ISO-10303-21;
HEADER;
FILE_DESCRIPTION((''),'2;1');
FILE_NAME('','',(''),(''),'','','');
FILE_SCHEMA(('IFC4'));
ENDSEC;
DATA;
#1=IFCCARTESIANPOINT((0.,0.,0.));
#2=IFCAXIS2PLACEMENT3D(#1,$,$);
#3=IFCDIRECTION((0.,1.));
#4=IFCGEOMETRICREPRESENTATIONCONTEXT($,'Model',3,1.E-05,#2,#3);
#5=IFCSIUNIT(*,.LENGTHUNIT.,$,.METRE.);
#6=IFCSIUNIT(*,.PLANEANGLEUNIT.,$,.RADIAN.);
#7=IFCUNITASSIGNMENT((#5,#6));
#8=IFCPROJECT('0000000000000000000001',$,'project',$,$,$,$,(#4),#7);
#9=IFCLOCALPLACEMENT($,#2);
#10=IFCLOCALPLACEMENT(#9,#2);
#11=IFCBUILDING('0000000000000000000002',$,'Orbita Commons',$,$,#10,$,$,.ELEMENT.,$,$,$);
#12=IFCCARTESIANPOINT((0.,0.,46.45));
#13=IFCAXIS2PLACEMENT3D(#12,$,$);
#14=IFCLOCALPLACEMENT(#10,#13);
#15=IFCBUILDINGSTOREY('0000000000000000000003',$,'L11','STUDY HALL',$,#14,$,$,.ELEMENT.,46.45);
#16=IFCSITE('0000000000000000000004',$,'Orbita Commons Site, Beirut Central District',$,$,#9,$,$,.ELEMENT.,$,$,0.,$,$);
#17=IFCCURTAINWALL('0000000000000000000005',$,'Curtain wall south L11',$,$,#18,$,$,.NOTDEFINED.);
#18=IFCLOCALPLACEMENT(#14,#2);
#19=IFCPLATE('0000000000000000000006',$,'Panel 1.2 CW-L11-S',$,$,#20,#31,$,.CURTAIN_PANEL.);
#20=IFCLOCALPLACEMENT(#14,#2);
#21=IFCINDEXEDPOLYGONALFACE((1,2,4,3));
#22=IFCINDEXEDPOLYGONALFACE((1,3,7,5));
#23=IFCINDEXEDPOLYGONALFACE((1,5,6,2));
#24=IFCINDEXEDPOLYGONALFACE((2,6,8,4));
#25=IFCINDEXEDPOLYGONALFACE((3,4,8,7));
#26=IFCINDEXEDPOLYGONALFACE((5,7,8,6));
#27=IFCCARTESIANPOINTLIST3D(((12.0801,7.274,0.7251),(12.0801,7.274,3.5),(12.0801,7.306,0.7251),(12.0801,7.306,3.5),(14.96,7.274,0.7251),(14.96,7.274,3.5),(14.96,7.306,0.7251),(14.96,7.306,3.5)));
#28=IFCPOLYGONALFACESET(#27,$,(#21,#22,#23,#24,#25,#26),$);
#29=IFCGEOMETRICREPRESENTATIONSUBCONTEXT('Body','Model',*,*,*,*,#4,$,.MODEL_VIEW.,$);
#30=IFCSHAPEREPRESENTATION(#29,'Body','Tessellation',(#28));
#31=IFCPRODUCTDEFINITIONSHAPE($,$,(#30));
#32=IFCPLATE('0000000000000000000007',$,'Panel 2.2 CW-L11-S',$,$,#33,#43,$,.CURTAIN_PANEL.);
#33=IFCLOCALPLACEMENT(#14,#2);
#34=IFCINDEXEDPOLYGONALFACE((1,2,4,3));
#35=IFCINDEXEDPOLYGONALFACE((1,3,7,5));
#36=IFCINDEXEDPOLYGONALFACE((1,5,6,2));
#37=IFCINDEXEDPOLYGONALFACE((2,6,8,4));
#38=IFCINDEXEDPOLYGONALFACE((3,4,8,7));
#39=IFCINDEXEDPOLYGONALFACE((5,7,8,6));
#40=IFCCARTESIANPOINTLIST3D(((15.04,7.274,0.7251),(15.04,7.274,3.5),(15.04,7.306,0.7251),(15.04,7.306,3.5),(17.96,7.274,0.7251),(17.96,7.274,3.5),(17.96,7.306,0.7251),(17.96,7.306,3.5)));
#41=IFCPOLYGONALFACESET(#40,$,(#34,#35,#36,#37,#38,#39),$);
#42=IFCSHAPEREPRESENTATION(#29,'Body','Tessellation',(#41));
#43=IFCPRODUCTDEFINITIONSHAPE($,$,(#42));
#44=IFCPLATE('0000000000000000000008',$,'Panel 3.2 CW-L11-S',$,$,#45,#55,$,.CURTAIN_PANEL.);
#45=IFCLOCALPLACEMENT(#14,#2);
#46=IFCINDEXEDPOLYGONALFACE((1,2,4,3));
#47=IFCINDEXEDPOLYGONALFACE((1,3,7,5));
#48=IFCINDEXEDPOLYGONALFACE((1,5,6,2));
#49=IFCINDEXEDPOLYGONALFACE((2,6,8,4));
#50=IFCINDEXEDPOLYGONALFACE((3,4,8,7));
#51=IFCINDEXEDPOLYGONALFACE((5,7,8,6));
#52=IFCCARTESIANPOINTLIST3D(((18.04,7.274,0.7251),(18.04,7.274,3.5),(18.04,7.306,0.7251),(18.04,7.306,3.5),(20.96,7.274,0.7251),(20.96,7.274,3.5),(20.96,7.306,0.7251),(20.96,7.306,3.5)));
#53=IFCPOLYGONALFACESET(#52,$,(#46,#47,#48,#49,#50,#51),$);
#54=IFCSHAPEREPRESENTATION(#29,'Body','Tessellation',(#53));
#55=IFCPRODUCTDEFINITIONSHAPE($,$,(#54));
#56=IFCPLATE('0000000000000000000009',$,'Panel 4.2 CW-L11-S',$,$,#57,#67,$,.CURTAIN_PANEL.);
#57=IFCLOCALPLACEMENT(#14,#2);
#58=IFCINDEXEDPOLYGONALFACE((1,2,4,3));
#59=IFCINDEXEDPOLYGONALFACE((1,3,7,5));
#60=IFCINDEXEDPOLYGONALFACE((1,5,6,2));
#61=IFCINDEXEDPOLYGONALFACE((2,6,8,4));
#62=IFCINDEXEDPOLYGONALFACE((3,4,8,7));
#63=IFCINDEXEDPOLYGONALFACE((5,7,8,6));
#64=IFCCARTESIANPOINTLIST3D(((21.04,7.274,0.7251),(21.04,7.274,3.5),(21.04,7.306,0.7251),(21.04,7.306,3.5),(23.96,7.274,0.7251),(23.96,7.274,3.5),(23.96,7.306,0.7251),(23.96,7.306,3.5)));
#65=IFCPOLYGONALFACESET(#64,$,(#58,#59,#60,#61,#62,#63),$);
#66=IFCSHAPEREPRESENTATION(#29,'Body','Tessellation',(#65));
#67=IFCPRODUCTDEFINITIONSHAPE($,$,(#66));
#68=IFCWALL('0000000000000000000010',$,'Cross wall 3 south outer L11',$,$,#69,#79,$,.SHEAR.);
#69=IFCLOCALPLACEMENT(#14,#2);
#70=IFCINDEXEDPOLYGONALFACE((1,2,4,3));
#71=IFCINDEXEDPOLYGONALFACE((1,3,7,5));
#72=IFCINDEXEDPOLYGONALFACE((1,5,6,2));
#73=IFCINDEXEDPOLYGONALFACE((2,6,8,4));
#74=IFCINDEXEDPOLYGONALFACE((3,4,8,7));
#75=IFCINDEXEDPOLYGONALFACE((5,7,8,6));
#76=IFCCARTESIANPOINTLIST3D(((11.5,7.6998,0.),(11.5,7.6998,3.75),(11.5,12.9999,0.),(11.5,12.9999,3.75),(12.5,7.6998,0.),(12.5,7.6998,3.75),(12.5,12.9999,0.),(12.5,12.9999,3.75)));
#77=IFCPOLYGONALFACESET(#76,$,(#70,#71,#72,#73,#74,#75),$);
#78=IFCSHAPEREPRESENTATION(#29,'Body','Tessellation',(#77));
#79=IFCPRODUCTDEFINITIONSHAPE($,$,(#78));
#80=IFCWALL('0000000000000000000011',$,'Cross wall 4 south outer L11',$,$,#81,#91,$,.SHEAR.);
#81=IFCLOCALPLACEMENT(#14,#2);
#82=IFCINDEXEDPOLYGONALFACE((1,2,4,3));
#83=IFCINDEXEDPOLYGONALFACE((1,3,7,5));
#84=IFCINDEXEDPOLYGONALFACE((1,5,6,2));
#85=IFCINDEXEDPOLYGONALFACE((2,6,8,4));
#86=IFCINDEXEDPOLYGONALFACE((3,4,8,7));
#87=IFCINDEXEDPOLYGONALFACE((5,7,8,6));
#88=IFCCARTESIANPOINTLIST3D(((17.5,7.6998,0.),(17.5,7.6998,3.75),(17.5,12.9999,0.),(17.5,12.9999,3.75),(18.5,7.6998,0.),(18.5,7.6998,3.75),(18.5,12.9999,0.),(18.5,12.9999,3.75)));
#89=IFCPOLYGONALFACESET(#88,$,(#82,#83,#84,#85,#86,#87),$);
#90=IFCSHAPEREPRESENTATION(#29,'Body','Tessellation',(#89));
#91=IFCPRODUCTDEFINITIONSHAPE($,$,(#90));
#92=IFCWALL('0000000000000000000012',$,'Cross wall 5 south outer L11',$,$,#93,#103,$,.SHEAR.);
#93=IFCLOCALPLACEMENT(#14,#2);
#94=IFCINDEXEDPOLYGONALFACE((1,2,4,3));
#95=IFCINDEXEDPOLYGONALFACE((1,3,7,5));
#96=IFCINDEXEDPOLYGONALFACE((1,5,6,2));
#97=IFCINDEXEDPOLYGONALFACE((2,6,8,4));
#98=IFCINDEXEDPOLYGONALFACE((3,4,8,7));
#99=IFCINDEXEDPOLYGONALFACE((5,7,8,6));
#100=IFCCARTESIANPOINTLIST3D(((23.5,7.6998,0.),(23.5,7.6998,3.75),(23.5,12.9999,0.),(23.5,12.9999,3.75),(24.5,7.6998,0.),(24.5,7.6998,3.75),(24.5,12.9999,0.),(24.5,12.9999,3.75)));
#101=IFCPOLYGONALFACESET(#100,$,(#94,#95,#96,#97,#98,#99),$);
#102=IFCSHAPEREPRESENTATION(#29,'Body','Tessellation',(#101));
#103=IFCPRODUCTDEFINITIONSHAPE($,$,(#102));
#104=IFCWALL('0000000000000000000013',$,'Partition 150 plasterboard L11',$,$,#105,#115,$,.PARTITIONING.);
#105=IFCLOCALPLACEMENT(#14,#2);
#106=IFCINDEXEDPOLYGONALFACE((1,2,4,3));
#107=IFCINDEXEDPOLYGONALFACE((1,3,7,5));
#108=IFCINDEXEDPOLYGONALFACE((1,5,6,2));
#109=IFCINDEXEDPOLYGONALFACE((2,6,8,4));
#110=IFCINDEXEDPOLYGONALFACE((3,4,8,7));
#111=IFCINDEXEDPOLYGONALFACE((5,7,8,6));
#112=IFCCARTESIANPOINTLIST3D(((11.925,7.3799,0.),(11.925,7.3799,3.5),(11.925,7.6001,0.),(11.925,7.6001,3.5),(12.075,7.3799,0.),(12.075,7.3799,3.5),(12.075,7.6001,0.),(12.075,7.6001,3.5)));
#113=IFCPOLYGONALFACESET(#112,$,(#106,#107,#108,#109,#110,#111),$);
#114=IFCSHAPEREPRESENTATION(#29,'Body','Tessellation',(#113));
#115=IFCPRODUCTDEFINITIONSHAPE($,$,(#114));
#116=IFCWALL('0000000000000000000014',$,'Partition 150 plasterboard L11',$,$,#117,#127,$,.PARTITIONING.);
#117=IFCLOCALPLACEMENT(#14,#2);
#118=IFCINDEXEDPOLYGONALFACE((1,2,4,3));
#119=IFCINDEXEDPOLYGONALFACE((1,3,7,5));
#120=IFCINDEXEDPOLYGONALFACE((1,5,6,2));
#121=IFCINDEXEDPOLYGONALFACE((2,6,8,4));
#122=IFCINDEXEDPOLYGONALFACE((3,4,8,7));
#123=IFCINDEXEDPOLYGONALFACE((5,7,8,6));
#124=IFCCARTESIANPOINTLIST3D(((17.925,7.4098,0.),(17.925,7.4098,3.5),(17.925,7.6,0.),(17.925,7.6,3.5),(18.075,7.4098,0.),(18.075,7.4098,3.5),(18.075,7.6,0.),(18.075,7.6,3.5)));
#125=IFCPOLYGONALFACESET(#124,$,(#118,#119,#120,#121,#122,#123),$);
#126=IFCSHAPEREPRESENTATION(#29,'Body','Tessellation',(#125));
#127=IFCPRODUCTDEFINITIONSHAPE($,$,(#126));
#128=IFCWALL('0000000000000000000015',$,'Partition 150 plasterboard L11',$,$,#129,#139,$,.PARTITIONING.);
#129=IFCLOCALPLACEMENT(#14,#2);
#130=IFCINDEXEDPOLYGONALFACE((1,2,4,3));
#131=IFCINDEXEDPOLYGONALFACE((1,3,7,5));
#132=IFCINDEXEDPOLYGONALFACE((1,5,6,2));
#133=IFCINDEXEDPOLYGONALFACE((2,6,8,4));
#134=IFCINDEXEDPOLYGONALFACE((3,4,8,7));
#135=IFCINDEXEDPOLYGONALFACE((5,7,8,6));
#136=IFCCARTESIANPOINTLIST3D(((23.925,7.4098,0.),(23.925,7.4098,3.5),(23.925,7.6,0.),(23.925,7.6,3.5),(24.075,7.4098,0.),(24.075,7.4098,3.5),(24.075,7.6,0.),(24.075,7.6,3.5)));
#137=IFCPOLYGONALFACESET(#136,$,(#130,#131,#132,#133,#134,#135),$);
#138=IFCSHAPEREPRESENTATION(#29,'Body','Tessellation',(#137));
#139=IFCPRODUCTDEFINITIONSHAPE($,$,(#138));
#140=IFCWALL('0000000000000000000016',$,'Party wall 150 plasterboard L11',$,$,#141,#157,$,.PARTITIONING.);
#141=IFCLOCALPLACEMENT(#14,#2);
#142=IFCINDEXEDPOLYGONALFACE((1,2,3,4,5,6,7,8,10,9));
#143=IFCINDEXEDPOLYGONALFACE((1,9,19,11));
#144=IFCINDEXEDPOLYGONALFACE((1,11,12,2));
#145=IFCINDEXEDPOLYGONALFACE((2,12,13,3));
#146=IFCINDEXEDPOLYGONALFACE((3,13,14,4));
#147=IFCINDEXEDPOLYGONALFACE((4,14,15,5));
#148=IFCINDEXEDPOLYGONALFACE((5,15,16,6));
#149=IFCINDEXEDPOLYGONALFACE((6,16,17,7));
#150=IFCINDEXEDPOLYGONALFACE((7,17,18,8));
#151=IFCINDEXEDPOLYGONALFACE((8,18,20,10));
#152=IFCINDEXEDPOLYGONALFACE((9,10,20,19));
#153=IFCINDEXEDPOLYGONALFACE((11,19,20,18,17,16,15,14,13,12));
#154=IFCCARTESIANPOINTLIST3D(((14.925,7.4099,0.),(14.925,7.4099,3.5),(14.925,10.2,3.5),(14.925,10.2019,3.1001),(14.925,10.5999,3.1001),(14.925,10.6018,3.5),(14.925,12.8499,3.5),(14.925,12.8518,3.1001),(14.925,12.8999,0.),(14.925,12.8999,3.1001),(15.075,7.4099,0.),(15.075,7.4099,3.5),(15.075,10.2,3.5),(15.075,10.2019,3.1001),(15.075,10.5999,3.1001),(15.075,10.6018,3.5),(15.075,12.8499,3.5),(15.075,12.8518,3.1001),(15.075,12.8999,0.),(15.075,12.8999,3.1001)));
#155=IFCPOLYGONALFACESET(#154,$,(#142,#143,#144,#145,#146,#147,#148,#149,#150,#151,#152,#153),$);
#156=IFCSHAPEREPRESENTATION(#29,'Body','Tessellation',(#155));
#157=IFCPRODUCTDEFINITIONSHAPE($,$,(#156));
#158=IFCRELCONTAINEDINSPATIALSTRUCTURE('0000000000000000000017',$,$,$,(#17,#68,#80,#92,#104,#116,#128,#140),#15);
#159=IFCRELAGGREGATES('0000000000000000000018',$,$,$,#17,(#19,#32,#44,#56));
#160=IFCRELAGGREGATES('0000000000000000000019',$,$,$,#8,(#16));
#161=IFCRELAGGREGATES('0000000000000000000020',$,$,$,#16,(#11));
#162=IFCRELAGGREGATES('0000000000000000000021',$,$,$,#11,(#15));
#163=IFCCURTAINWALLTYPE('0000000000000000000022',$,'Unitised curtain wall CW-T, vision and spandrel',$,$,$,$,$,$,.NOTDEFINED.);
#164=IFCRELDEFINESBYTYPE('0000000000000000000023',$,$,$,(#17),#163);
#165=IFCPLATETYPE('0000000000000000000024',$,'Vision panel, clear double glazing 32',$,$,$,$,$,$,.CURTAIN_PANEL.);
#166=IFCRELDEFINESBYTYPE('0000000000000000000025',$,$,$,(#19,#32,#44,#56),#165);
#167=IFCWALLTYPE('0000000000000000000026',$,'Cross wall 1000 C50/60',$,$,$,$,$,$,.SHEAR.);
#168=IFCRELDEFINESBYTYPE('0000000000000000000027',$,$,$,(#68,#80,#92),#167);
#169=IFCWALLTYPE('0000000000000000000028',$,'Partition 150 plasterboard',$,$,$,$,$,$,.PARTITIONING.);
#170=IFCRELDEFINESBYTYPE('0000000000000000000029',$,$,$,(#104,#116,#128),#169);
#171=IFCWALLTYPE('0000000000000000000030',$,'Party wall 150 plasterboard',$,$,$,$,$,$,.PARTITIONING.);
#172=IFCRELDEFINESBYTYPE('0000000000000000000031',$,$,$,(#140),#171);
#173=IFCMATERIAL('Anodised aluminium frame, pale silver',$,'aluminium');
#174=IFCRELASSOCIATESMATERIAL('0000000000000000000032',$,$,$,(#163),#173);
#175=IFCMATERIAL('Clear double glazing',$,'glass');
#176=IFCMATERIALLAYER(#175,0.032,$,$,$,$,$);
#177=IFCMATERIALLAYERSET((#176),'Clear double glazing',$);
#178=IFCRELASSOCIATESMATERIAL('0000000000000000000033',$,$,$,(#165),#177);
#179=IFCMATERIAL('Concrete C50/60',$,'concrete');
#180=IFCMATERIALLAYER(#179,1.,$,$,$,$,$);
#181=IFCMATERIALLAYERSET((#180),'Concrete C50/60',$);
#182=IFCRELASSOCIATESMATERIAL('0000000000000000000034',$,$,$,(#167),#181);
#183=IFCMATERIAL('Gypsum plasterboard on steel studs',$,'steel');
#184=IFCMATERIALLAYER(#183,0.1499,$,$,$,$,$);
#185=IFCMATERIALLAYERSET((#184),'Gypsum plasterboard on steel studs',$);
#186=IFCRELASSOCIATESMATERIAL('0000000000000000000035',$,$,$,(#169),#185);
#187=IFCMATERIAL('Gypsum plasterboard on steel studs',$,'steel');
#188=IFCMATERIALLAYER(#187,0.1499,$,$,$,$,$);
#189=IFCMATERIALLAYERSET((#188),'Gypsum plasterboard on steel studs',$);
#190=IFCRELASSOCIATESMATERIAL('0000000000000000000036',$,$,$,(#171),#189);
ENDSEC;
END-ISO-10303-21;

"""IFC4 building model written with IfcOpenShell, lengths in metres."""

from ifc_helpers import new_model, si_unit, direction, frame, frame_2d, origin, origin_2d, place, context, subcontext, project, spatial, polyline, rectangle, outline, extrude, material, layer, layer_set, type_object, element, aggregate, save


model = new_model("IFC4")

# Units and contexts
model_context = context("Model", 3, precision=1e-05, world=origin(), true_north=direction((0.0, 1.0)))
body_context = subcontext(model_context, "Body", "Model", "MODEL_VIEW")
ifc_project = project(units=[si_unit("LENGTHUNIT", "METRE"), si_unit("PLANEANGLEUNIT", "RADIAN")], contexts=[model_context])

# Site, building, storey
site_placement = place(None, origin())
site = spatial("IfcSite", under=ifc_project, at=site_placement, Name="Orbita Commons Site, Beirut Central District", CompositionType="ELEMENT", RefElevation=0.0)
building_placement = place(site_placement, origin())
building = spatial("IfcBuilding", under=site, at=building_placement, Name="Orbita Commons", CompositionType="ELEMENT")
storey_placement = place(building_placement, frame((0.0, 0.0, 46.45)))
storey = spatial("IfcBuildingStorey", under=building, at=storey_placement, Name="L11", Description="STUDY HALL", CompositionType="ELEMENT", Elevation=46.45)

# Curtain wall
ifc_material_1 = material(Name="Anodised aluminium frame, pale silver", Category="aluminium")
curtain_wall_type = type_object("IfcCurtainWallType", Name="Unitised curtain wall CW-T, vision and spandrel", PredefinedType="NOTDEFINED", material=ifc_material_1)
curtain_wall_placement = place(storey_placement, origin())
curtain_wall = element("IfcCurtainWall", 1, at=curtain_wall_placement, inside=storey, type_object=curtain_wall_type, Name="Curtain wall south L11", PredefinedType="NOTDEFINED")

# Plates
ifc_material_2 = material(Name="Clear double glazing", Category="glass")
ifc_layer_1 = layer(ifc_material_2, 0.032)
ifc_layer_set_1 = layer_set([ifc_layer_1], Name="Clear double glazing")
plate_type_1 = type_object("IfcPlateType", Name="Vision panel, clear double glazing 32", PredefinedType="CURTAIN_PANEL", material=ifc_layer_set_1)
plate_1_placement = place(storey_placement, frame((13.52, 7.29, 0.7251), z_axis=(0.0, 0.0, 1.0), x_axis=(1.0, 0.0, 0.0)))
plate_1 = element("IfcPlate", 2, at=plate_1_placement, type_object=plate_type_1, Name="Panel 1.2 CW-L11-S", PredefinedType="CURTAIN_PANEL", context=body_context, shape_type="SweptSolid", body=[
    extrude(rectangle(XDim=2.8799, YDim=0.032, at=origin_2d()), origin(), (0.0, 0.0, 1.0), 2.7749),
])
plate_2_placement = place(storey_placement, frame((16.5, 7.29, 0.7251), z_axis=(0.0, 0.0, 1.0), x_axis=(1.0, 0.0, 0.0)))
plate_2 = element("IfcPlate", 3, at=plate_2_placement, type_object=plate_type_1, Name="Panel 2.2 CW-L11-S", PredefinedType="CURTAIN_PANEL", context=body_context, shape_type="SweptSolid", body=[
    extrude(rectangle(XDim=2.9199, YDim=0.032, at=origin_2d()), origin(), (0.0, 0.0, 1.0), 2.7749),
])
plate_3_placement = place(storey_placement, frame((19.5, 7.29, 0.7251), z_axis=(0.0, 0.0, 1.0), x_axis=(1.0, 0.0, 0.0)))
plate_3 = element("IfcPlate", 4, at=plate_3_placement, type_object=plate_type_1, Name="Panel 3.2 CW-L11-S", PredefinedType="CURTAIN_PANEL", context=body_context, shape_type="SweptSolid", body=[
    extrude(rectangle(XDim=2.9199, YDim=0.032, at=origin_2d()), origin(), (0.0, 0.0, 1.0), 2.7749),
])
plate_4_placement = place(storey_placement, frame((22.5, 7.29, 0.7251), z_axis=(0.0, 0.0, 1.0), x_axis=(1.0, 0.0, 0.0)))
plate_4 = element("IfcPlate", 5, at=plate_4_placement, type_object=plate_type_1, Name="Panel 4.2 CW-L11-S", PredefinedType="CURTAIN_PANEL", context=body_context, shape_type="SweptSolid", body=[
    extrude(rectangle(XDim=2.9199, YDim=0.032, at=origin_2d()), origin(), (0.0, 0.0, 1.0), 2.7749),
])
aggregate(curtain_wall, [plate_1, plate_2, plate_3, plate_4])

# Walls
ifc_material_3 = material(Name="Concrete C50/60", Category="concrete")
ifc_layer_2 = layer(ifc_material_3, 1.0)
ifc_layer_set_2 = layer_set([ifc_layer_2], Name="Concrete C50/60")
wall_type_1 = type_object("IfcWallType", Name="Cross wall 1000 C50/60", PredefinedType="SHEAR", material=ifc_layer_set_2)
for number, where, z_axis, x_axis, name in (
    (6, (12.0, 7.7, 0.0), (0.0, 0.0, 1.0), (0.0, 1.0, 0.0), "Cross wall 3 south outer L11"),
    (7, (18.0, 7.7, 0.0), (0.0, 0.0, 1.0), (0.0, 1.0, 0.0), "Cross wall 4 south outer L11"),
    (8, (24.0, 7.7, 0.0), (0.0, 0.0, 1.0), (0.0, 1.0, 0.0), "Cross wall 5 south outer L11"),
):
    element("IfcWall", number, at=place(storey_placement, frame(where, z_axis=z_axis, x_axis=x_axis)), inside=storey, type_object=wall_type_1, Name=name, PredefinedType="SHEAR", context=body_context, shape_type="SweptSolid", body=[
        extrude(rectangle(XDim=5.3, YDim=1.0, at=frame_2d((2.6499, 0.0))), origin(), (0.0, 0.0, 1.0), 3.75),
    ])
ifc_material_4 = material(Name="Gypsum plasterboard on steel studs", Category="steel")
ifc_layer_3 = layer(ifc_material_4, 0.1499)
ifc_layer_set_3 = layer_set([ifc_layer_3], Name="Gypsum plasterboard on steel studs")
wall_type_2 = type_object("IfcWallType", Name="Partition 150 plasterboard", PredefinedType="PARTITIONING", material=ifc_layer_set_3)
wall_1_placement = place(storey_placement, frame((12.0, 7.6001, 0.0), z_axis=(0.0, 0.0, 1.0), x_axis=(0.0, -1.0, 0.0)))
element("IfcWall", 9, at=wall_1_placement, inside=storey, type_object=wall_type_2, Name="Partition 150 plasterboard L11", PredefinedType="PARTITIONING", context=body_context, shape_type="SweptSolid", body=[
    extrude(rectangle(XDim=0.2202, YDim=0.1499, at=frame_2d((0.1101, 0.0))), origin(), (0.0, 0.0, 1.0), 3.5),
])
for number, where, z_axis, x_axis, name in (
    (10, (18.0, 7.6001, 0.0), (0.0, 0.0, 1.0), (0.0, -1.0, 0.0), "Partition 150 plasterboard L11"),
    (11, (24.0, 7.6001, 0.0), (0.0, 0.0, 1.0), (0.0, -1.0, 0.0), "Partition 150 plasterboard L11"),
):
    element("IfcWall", number, at=place(storey_placement, frame(where, z_axis=z_axis, x_axis=x_axis)), inside=storey, type_object=wall_type_2, Name=name, PredefinedType="PARTITIONING", context=body_context, shape_type="SweptSolid", body=[
        extrude(rectangle(XDim=0.1902, YDim=0.1499, at=frame_2d((0.0952, 0.0))), origin(), (0.0, 0.0, 1.0), 3.5),
    ])
ifc_material_5 = material(Name="Gypsum plasterboard on steel studs", Category="steel")
ifc_layer_4 = layer(ifc_material_5, 0.1499)
ifc_layer_set_4 = layer_set([ifc_layer_4], Name="Gypsum plasterboard on steel studs")
wall_type_3 = type_object("IfcWallType", Name="Party wall 150 plasterboard", PredefinedType="PARTITIONING", material=ifc_layer_set_4)
wall_2_placement = place(storey_placement, frame((15.0, 7.4099, 0.0), z_axis=(0.0, 0.0, 1.0), x_axis=(0.0, 1.0, 0.0)))
element("IfcWall", 12, at=wall_2_placement, inside=storey, type_object=wall_type_3, Name="Party wall 150 plasterboard L11", PredefinedType="PARTITIONING", context=body_context, shape_type="SweptSolid", body=[
    extrude(outline(polyline([(0.0, 0.0), (5.49, 0.0), (5.49, 3.1001), (5.4419, 3.1001), (5.4399, 3.5), (3.1919, 3.5), (3.1899, 3.1001), (2.792, 3.1001), (2.79, 3.5), (0.0, 3.5), (0.0, 0.0)])), frame((0.0, 0.075, 0.0), z_axis=(0.0, -1.0, 0.0), x_axis=(1.0, 0.0, 0.0)), (0.0, 0.0, 1.0), 0.1499),
])

save(model, "model.ifc")
